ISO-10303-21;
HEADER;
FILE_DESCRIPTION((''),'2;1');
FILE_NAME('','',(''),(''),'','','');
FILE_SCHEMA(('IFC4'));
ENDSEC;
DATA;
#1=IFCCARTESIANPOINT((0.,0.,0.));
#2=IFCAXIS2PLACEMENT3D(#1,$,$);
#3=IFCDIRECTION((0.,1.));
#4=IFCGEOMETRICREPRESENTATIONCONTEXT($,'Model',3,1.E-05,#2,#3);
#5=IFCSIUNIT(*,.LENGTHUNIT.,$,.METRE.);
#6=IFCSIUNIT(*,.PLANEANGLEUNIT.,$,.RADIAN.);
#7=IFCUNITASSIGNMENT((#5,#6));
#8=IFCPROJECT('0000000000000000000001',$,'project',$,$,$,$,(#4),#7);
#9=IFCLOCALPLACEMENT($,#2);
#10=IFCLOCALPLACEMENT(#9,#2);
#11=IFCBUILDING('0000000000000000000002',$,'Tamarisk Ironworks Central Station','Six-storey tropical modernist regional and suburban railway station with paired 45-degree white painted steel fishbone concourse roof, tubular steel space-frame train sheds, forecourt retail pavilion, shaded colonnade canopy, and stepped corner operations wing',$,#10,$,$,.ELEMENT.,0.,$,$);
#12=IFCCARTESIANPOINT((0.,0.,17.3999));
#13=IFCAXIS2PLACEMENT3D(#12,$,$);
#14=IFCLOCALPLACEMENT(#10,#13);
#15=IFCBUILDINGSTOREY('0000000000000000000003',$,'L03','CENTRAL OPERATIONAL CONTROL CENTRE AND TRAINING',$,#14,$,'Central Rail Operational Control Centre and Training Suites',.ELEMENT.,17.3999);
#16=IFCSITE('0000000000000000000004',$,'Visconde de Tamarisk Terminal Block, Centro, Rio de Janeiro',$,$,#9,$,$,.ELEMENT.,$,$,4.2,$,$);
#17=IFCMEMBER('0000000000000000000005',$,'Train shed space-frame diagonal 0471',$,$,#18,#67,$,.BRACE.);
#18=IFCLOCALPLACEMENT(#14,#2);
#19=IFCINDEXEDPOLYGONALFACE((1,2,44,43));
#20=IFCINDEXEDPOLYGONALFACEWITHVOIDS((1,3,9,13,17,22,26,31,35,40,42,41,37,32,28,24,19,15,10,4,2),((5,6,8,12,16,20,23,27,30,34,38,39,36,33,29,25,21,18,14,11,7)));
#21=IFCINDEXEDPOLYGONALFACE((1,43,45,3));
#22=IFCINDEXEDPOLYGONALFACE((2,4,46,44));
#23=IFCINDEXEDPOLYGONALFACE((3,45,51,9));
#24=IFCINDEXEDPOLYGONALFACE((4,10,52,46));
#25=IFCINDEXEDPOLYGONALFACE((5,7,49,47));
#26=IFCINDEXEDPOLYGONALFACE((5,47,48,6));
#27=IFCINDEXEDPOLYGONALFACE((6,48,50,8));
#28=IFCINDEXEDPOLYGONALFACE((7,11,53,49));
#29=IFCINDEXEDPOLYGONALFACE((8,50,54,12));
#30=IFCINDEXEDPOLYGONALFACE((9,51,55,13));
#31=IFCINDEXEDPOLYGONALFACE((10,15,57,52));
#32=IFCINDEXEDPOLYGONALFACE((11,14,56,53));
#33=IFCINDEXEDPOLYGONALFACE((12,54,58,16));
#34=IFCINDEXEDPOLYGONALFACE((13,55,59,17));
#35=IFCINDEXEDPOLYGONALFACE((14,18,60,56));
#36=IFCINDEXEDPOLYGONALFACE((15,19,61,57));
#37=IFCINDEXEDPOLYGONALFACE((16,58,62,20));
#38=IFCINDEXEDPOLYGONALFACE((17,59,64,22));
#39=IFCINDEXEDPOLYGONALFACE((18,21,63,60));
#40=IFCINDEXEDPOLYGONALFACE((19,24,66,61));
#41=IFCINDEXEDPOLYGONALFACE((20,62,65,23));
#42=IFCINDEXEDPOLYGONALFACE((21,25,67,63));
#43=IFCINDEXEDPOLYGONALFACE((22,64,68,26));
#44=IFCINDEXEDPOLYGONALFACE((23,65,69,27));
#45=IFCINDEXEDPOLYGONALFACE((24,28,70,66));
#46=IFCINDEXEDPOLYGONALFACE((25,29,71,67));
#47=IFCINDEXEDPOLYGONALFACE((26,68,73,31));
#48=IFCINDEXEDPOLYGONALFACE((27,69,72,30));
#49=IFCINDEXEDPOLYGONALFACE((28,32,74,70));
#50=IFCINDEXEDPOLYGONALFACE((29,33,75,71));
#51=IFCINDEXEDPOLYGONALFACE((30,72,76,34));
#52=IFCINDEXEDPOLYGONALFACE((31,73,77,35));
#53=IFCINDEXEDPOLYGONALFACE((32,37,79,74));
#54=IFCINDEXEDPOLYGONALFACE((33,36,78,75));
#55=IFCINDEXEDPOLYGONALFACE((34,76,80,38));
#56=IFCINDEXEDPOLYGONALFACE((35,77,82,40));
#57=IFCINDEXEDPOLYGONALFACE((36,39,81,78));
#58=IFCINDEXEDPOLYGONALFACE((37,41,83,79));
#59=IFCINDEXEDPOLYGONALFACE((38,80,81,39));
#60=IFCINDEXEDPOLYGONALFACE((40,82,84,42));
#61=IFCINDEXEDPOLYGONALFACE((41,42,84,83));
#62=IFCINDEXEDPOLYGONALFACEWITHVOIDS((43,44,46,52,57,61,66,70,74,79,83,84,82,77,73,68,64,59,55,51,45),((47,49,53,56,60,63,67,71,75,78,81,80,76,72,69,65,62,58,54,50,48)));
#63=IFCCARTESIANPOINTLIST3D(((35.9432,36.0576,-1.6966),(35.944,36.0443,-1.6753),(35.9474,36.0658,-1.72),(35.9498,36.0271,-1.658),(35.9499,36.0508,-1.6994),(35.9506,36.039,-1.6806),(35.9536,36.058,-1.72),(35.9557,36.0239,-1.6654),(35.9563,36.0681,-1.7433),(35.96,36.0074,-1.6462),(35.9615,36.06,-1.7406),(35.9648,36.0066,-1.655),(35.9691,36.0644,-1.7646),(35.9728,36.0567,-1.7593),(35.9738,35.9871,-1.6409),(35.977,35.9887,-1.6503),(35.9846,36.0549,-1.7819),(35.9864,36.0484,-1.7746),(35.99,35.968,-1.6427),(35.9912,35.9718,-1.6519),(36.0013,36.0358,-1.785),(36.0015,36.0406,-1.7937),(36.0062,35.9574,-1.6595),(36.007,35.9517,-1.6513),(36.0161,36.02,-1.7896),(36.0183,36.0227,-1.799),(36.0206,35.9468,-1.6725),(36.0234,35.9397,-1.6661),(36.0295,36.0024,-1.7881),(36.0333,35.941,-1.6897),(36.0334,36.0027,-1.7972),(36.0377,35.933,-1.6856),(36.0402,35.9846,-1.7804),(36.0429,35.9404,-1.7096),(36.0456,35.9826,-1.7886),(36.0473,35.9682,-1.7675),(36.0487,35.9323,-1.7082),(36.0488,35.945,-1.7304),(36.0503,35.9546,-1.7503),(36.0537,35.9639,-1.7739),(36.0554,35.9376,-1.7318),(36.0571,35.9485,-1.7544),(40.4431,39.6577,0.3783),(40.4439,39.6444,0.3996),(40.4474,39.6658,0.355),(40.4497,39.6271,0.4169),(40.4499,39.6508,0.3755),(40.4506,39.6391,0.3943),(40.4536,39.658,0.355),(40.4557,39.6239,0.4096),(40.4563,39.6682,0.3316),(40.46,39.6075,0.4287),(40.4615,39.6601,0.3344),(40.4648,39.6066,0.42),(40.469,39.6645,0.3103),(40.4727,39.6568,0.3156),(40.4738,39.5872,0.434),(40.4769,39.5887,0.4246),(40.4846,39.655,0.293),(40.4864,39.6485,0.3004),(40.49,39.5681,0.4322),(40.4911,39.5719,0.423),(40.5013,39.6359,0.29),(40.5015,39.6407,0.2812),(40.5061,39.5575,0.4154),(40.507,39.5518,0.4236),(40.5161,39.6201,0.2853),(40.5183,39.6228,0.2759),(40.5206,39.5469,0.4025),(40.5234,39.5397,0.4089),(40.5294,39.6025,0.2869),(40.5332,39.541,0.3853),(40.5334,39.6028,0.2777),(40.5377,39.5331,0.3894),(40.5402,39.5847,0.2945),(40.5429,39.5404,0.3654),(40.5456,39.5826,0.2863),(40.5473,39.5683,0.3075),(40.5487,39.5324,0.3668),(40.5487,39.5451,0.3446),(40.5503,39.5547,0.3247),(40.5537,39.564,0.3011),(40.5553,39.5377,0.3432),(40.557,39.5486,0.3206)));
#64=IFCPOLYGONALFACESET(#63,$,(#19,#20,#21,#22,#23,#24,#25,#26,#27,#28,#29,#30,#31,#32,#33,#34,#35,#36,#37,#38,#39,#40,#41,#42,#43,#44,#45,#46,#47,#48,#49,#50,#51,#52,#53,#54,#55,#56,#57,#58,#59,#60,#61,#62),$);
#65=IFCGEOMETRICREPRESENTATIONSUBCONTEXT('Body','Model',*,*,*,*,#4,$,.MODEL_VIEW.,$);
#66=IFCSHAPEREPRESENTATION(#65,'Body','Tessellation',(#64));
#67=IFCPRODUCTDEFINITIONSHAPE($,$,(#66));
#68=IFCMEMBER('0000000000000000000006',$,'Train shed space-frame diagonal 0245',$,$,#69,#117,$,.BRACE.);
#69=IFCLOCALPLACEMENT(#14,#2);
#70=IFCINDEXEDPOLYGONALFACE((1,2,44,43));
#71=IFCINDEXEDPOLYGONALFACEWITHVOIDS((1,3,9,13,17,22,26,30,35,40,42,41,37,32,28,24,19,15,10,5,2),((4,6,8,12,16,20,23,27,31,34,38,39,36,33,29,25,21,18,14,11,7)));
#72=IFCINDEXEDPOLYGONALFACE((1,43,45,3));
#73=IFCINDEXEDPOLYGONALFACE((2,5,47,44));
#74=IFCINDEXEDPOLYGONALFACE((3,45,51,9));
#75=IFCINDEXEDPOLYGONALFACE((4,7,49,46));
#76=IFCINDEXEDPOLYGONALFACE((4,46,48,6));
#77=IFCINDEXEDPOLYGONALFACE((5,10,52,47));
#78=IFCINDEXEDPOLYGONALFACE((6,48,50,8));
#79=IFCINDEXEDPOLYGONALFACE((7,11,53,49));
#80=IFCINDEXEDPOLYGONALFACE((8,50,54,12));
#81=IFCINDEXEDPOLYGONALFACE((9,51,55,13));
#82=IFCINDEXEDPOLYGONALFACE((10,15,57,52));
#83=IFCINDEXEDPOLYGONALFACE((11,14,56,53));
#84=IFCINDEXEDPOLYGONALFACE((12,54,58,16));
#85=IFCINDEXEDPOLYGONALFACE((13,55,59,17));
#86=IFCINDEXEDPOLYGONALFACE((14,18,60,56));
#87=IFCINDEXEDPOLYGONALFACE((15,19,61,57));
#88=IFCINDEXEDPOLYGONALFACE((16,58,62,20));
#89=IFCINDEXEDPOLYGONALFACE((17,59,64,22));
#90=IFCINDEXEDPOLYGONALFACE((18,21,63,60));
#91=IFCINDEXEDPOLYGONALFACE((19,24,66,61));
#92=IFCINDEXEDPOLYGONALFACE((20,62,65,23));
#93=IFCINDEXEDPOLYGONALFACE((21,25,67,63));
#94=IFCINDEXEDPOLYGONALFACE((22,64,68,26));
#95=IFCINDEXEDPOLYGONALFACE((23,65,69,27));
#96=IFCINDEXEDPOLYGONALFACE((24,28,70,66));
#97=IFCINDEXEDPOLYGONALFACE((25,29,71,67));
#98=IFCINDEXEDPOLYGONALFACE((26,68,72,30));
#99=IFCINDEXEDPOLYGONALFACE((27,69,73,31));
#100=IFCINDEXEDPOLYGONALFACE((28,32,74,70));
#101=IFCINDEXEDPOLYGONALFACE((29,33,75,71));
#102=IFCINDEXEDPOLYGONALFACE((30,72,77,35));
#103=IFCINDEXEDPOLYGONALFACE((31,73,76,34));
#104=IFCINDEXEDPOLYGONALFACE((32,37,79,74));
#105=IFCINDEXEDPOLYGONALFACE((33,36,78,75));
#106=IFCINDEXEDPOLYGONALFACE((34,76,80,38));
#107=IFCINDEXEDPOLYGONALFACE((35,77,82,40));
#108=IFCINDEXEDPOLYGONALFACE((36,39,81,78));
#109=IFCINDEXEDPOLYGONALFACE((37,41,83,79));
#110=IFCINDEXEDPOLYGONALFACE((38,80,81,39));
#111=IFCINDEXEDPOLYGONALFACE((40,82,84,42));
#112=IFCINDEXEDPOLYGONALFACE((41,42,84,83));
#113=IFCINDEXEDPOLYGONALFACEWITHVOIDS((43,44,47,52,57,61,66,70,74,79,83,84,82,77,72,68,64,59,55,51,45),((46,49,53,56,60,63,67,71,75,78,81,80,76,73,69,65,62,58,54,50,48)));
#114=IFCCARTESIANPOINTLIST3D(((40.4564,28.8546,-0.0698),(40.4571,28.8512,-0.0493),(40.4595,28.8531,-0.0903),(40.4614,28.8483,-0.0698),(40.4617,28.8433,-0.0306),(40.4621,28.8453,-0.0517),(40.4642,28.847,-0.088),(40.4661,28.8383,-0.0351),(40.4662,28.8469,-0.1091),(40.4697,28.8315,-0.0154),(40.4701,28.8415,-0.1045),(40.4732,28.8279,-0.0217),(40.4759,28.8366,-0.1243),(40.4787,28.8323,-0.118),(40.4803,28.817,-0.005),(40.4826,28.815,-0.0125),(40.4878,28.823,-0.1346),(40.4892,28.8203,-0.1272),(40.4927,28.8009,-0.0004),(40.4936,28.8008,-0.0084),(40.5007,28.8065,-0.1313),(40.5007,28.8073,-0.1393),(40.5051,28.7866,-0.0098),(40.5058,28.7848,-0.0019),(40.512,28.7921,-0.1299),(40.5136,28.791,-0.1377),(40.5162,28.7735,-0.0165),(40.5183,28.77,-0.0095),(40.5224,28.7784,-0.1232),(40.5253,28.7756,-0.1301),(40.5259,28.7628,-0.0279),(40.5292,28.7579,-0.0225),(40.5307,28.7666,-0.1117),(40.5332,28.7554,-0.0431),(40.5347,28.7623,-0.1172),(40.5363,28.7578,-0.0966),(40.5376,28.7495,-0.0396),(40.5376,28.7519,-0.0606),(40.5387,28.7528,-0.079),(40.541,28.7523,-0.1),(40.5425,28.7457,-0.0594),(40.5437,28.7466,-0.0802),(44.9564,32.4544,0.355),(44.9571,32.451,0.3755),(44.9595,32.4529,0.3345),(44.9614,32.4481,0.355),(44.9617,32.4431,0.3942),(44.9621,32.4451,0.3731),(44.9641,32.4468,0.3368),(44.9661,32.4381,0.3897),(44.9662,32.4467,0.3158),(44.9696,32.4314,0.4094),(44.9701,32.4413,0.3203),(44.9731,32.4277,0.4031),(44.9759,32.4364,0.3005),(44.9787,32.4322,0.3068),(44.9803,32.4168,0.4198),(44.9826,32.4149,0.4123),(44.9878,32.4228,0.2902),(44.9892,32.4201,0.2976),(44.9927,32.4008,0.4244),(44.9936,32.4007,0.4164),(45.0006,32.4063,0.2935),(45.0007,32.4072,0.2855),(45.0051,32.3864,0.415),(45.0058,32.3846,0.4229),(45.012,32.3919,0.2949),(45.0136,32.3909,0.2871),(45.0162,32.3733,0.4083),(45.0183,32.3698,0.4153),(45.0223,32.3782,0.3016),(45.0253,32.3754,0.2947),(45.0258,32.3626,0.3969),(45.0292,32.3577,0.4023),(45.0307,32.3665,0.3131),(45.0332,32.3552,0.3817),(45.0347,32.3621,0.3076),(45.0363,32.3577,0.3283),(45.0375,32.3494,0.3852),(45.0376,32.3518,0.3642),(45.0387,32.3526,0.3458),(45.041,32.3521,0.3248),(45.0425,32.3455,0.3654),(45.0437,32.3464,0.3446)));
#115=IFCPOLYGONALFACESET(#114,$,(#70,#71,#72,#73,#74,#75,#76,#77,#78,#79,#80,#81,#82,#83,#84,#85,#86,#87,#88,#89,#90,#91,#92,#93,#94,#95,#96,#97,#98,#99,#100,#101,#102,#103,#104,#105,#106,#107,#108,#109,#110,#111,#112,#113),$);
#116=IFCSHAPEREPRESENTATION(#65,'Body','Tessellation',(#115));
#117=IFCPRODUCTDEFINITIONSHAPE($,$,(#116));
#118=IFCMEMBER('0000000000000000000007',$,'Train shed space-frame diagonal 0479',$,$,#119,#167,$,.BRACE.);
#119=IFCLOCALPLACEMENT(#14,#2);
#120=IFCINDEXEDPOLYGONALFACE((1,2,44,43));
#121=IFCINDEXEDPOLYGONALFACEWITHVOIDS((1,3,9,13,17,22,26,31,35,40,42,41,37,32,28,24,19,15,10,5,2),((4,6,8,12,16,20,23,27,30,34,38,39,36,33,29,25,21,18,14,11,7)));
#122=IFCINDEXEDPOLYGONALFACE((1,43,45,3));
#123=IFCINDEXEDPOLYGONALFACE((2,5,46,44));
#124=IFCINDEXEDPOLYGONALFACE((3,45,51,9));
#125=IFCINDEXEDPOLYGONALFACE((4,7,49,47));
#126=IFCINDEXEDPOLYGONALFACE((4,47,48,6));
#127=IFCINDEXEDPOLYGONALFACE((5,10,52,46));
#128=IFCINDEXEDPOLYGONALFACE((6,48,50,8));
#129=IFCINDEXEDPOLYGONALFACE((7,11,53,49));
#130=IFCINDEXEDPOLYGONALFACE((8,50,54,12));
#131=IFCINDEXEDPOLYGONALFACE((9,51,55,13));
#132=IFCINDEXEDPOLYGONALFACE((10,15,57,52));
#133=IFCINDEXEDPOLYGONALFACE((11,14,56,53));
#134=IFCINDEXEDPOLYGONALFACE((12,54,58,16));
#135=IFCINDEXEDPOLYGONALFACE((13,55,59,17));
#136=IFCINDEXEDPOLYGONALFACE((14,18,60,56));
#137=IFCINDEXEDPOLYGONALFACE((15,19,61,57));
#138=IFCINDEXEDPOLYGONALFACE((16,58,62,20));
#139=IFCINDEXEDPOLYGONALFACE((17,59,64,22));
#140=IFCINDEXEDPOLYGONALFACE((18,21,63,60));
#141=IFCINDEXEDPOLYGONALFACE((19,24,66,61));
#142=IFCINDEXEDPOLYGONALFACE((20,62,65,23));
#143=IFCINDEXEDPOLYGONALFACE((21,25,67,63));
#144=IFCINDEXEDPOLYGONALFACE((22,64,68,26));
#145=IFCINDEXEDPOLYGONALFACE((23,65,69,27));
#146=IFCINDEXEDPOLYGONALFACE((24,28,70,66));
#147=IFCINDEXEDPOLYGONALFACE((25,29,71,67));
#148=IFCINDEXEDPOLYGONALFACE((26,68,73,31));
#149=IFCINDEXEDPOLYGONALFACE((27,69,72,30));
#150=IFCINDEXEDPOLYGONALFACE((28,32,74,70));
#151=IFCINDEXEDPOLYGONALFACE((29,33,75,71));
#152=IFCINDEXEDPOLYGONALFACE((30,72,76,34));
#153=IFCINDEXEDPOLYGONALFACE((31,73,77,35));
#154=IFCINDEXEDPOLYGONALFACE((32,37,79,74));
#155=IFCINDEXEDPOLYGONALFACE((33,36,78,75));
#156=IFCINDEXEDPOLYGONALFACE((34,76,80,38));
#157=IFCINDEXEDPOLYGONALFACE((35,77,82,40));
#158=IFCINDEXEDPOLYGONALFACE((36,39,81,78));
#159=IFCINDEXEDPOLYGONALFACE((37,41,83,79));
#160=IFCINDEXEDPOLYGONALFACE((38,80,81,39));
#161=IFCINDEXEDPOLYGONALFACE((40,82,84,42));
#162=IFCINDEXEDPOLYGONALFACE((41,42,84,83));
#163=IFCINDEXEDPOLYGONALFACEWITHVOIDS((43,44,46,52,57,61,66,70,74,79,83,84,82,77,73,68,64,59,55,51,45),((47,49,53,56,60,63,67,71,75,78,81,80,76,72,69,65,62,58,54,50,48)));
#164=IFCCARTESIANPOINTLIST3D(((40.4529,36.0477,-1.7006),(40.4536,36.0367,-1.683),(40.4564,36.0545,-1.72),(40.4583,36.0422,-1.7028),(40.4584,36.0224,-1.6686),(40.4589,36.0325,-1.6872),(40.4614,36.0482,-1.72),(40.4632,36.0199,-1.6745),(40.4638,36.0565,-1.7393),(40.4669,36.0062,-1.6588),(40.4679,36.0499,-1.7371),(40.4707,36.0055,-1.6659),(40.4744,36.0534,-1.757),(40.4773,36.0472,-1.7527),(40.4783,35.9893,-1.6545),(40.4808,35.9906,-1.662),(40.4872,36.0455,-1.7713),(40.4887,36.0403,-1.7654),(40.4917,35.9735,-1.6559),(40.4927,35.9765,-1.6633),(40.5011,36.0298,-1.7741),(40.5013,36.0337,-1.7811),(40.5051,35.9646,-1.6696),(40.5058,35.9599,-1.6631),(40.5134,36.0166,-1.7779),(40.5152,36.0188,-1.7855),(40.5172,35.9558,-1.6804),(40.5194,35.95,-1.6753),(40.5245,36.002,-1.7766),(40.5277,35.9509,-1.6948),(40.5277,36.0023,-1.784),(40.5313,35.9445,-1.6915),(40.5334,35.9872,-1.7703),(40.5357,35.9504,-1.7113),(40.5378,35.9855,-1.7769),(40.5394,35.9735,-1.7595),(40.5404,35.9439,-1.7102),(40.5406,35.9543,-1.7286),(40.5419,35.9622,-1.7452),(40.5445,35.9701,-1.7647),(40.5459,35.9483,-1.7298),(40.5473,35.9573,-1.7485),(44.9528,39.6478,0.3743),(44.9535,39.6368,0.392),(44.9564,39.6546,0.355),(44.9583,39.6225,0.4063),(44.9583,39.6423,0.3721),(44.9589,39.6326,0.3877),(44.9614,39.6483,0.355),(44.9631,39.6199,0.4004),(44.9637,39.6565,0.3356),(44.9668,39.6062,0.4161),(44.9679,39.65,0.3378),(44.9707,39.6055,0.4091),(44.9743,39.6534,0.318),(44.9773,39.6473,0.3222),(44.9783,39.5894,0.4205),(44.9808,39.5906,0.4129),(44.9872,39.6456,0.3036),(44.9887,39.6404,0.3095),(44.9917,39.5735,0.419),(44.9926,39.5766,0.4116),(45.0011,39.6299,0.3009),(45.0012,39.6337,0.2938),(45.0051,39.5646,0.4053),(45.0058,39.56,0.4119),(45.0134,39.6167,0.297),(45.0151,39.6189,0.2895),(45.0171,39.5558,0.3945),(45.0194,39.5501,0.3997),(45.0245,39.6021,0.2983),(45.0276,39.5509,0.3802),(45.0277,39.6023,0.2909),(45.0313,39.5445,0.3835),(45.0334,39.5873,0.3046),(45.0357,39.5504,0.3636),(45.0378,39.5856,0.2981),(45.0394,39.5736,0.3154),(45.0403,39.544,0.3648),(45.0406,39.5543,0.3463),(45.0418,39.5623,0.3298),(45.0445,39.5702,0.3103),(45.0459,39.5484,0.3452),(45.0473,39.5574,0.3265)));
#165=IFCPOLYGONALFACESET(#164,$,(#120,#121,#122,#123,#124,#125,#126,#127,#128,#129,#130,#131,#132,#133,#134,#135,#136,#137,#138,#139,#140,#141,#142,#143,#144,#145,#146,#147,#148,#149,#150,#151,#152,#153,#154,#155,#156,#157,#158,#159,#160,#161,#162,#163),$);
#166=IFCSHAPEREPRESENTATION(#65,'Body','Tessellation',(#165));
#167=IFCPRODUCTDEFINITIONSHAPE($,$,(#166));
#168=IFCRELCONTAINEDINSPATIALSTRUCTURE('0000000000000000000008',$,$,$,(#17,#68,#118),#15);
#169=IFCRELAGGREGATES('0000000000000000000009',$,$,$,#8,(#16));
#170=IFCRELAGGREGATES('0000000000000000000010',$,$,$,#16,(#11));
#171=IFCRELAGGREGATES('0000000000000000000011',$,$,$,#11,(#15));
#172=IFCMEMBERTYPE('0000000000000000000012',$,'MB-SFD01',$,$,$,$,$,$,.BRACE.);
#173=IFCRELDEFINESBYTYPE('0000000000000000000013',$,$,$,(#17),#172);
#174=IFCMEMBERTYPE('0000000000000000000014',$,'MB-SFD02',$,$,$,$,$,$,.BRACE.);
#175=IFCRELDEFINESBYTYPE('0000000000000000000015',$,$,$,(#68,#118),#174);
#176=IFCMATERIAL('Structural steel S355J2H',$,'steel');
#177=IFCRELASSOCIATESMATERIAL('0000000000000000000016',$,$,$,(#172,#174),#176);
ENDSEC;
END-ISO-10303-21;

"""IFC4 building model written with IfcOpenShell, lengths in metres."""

from ifc_helpers import new_model, si_unit, direction, frame, origin, origin_2d, place, context, subcontext, project, spatial, hollow_circle, extrude, material, material_profile, profile_set, type_object, element, save


model = new_model("IFC4")

# Units and contexts
model_context = context("Model", 3, precision=1e-05, world=origin(), true_north=direction((0.0, 1.0)))
body_context = subcontext(model_context, "Body", "Model", "MODEL_VIEW")
ifc_project = project(units=[si_unit("LENGTHUNIT", "METRE"), si_unit("PLANEANGLEUNIT", "RADIAN")], contexts=[model_context])

# Site, building, storey
site_placement = place(None, origin())
site = spatial("IfcSite", under=ifc_project, at=site_placement, Name="Visconde de Tamarisk Terminal Block, Centro, Rio de Janeiro", CompositionType="ELEMENT", RefElevation=4.2)
building_placement = place(site_placement, origin())
building = spatial("IfcBuilding", under=site, at=building_placement, Name="Tamarisk Ironworks Central Station", Description="Six-storey tropical modernist regional and suburban railway station with paired 45-degree white painted steel fishbone concourse roof, tubular steel space-frame train sheds, forecourt retail pavilion, shaded colonnade canopy, and stepped corner operations wing", CompositionType="ELEMENT", ElevationOfRefHeight=0.0)
storey_placement = place(building_placement, frame((0.0, 0.0, 17.3999)))
storey = spatial("IfcBuildingStorey", under=building, at=storey_placement, Name="L03", Description="CENTRAL OPERATIONAL CONTROL CENTRE AND TRAINING", LongName="Central Rail Operational Control Centre and Training Suites", CompositionType="ELEMENT", Elevation=17.3999)

# Members
ifc_material_1 = material(Name="Structural steel S355J2H", Category="steel")
ifc_material_profile_1 = material_profile(ifc_material_1, hollow_circle(Radius=0.0842, WallThickness=0.01, at=origin_2d()), Name="CHS 168.3x10")
ifc_profile_set_1 = profile_set([ifc_material_profile_1], Name="Structural steel S355J2H")
member_type_1 = type_object("IfcMemberType", Name="MB-SFD01", PredefinedType="BRACE", material=ifc_profile_set_1)
member_1_placement = place(storey_placement, frame((36.0, 36.0, -1.72), z_axis=(0.734689, 0.587767, 0.338765), x_axis=(-0.624705, 0.780861, 0.0)))
element("IfcMember", 1, at=member_1_placement, inside=storey, type_object=member_type_1, Name="Train shed space-frame diagonal 0471", PredefinedType="BRACE", context=body_context, shape_type="SweptSolid", body=[
    extrude(hollow_circle(Radius=0.0842, WallThickness=0.01, at=origin_2d()), origin(), (0.0, 0.0, 1.0), 6.125),
])
ifc_material_profile_2 = material_profile(ifc_material_1, hollow_circle(Radius=0.0698, WallThickness=0.0081, at=origin_2d()), Name="CHS 139.7x8")
ifc_profile_set_2 = profile_set([ifc_material_profile_2], Name="Structural steel S355J2H")
member_type_2 = type_object("IfcMemberType", Name="MB-SFD02", PredefinedType="BRACE", material=ifc_profile_set_2)
member_2_placement = place(storey_placement, frame((40.5, 28.8, -0.0698), z_axis=(0.778768, 0.622989, 0.073517), x_axis=(-0.62468, 0.780881, 0.0)))
element("IfcMember", 2, at=member_2_placement, inside=storey, type_object=member_type_2, Name="Train shed space-frame diagonal 0245", PredefinedType="BRACE", context=body_context, shape_type="SweptSolid", body=[
    extrude(hollow_circle(Radius=0.0698, WallThickness=0.0081, at=origin_2d()), origin(), (0.0, 0.0, 1.0), 5.7783),
])
member_3_placement = place(storey_placement, frame((40.5, 36.0, -1.72), z_axis=(0.734689, 0.587767, 0.338765), x_axis=(-0.624705, 0.780861, 0.0)))
element("IfcMember", 3, at=member_3_placement, inside=storey, type_object=member_type_2, Name="Train shed space-frame diagonal 0479", PredefinedType="BRACE", context=body_context, shape_type="SweptSolid", body=[
    extrude(hollow_circle(Radius=0.0698, WallThickness=0.0081, at=origin_2d()), origin(), (0.0, 0.0, 1.0), 6.125),
])

save(model, "model.ifc")
